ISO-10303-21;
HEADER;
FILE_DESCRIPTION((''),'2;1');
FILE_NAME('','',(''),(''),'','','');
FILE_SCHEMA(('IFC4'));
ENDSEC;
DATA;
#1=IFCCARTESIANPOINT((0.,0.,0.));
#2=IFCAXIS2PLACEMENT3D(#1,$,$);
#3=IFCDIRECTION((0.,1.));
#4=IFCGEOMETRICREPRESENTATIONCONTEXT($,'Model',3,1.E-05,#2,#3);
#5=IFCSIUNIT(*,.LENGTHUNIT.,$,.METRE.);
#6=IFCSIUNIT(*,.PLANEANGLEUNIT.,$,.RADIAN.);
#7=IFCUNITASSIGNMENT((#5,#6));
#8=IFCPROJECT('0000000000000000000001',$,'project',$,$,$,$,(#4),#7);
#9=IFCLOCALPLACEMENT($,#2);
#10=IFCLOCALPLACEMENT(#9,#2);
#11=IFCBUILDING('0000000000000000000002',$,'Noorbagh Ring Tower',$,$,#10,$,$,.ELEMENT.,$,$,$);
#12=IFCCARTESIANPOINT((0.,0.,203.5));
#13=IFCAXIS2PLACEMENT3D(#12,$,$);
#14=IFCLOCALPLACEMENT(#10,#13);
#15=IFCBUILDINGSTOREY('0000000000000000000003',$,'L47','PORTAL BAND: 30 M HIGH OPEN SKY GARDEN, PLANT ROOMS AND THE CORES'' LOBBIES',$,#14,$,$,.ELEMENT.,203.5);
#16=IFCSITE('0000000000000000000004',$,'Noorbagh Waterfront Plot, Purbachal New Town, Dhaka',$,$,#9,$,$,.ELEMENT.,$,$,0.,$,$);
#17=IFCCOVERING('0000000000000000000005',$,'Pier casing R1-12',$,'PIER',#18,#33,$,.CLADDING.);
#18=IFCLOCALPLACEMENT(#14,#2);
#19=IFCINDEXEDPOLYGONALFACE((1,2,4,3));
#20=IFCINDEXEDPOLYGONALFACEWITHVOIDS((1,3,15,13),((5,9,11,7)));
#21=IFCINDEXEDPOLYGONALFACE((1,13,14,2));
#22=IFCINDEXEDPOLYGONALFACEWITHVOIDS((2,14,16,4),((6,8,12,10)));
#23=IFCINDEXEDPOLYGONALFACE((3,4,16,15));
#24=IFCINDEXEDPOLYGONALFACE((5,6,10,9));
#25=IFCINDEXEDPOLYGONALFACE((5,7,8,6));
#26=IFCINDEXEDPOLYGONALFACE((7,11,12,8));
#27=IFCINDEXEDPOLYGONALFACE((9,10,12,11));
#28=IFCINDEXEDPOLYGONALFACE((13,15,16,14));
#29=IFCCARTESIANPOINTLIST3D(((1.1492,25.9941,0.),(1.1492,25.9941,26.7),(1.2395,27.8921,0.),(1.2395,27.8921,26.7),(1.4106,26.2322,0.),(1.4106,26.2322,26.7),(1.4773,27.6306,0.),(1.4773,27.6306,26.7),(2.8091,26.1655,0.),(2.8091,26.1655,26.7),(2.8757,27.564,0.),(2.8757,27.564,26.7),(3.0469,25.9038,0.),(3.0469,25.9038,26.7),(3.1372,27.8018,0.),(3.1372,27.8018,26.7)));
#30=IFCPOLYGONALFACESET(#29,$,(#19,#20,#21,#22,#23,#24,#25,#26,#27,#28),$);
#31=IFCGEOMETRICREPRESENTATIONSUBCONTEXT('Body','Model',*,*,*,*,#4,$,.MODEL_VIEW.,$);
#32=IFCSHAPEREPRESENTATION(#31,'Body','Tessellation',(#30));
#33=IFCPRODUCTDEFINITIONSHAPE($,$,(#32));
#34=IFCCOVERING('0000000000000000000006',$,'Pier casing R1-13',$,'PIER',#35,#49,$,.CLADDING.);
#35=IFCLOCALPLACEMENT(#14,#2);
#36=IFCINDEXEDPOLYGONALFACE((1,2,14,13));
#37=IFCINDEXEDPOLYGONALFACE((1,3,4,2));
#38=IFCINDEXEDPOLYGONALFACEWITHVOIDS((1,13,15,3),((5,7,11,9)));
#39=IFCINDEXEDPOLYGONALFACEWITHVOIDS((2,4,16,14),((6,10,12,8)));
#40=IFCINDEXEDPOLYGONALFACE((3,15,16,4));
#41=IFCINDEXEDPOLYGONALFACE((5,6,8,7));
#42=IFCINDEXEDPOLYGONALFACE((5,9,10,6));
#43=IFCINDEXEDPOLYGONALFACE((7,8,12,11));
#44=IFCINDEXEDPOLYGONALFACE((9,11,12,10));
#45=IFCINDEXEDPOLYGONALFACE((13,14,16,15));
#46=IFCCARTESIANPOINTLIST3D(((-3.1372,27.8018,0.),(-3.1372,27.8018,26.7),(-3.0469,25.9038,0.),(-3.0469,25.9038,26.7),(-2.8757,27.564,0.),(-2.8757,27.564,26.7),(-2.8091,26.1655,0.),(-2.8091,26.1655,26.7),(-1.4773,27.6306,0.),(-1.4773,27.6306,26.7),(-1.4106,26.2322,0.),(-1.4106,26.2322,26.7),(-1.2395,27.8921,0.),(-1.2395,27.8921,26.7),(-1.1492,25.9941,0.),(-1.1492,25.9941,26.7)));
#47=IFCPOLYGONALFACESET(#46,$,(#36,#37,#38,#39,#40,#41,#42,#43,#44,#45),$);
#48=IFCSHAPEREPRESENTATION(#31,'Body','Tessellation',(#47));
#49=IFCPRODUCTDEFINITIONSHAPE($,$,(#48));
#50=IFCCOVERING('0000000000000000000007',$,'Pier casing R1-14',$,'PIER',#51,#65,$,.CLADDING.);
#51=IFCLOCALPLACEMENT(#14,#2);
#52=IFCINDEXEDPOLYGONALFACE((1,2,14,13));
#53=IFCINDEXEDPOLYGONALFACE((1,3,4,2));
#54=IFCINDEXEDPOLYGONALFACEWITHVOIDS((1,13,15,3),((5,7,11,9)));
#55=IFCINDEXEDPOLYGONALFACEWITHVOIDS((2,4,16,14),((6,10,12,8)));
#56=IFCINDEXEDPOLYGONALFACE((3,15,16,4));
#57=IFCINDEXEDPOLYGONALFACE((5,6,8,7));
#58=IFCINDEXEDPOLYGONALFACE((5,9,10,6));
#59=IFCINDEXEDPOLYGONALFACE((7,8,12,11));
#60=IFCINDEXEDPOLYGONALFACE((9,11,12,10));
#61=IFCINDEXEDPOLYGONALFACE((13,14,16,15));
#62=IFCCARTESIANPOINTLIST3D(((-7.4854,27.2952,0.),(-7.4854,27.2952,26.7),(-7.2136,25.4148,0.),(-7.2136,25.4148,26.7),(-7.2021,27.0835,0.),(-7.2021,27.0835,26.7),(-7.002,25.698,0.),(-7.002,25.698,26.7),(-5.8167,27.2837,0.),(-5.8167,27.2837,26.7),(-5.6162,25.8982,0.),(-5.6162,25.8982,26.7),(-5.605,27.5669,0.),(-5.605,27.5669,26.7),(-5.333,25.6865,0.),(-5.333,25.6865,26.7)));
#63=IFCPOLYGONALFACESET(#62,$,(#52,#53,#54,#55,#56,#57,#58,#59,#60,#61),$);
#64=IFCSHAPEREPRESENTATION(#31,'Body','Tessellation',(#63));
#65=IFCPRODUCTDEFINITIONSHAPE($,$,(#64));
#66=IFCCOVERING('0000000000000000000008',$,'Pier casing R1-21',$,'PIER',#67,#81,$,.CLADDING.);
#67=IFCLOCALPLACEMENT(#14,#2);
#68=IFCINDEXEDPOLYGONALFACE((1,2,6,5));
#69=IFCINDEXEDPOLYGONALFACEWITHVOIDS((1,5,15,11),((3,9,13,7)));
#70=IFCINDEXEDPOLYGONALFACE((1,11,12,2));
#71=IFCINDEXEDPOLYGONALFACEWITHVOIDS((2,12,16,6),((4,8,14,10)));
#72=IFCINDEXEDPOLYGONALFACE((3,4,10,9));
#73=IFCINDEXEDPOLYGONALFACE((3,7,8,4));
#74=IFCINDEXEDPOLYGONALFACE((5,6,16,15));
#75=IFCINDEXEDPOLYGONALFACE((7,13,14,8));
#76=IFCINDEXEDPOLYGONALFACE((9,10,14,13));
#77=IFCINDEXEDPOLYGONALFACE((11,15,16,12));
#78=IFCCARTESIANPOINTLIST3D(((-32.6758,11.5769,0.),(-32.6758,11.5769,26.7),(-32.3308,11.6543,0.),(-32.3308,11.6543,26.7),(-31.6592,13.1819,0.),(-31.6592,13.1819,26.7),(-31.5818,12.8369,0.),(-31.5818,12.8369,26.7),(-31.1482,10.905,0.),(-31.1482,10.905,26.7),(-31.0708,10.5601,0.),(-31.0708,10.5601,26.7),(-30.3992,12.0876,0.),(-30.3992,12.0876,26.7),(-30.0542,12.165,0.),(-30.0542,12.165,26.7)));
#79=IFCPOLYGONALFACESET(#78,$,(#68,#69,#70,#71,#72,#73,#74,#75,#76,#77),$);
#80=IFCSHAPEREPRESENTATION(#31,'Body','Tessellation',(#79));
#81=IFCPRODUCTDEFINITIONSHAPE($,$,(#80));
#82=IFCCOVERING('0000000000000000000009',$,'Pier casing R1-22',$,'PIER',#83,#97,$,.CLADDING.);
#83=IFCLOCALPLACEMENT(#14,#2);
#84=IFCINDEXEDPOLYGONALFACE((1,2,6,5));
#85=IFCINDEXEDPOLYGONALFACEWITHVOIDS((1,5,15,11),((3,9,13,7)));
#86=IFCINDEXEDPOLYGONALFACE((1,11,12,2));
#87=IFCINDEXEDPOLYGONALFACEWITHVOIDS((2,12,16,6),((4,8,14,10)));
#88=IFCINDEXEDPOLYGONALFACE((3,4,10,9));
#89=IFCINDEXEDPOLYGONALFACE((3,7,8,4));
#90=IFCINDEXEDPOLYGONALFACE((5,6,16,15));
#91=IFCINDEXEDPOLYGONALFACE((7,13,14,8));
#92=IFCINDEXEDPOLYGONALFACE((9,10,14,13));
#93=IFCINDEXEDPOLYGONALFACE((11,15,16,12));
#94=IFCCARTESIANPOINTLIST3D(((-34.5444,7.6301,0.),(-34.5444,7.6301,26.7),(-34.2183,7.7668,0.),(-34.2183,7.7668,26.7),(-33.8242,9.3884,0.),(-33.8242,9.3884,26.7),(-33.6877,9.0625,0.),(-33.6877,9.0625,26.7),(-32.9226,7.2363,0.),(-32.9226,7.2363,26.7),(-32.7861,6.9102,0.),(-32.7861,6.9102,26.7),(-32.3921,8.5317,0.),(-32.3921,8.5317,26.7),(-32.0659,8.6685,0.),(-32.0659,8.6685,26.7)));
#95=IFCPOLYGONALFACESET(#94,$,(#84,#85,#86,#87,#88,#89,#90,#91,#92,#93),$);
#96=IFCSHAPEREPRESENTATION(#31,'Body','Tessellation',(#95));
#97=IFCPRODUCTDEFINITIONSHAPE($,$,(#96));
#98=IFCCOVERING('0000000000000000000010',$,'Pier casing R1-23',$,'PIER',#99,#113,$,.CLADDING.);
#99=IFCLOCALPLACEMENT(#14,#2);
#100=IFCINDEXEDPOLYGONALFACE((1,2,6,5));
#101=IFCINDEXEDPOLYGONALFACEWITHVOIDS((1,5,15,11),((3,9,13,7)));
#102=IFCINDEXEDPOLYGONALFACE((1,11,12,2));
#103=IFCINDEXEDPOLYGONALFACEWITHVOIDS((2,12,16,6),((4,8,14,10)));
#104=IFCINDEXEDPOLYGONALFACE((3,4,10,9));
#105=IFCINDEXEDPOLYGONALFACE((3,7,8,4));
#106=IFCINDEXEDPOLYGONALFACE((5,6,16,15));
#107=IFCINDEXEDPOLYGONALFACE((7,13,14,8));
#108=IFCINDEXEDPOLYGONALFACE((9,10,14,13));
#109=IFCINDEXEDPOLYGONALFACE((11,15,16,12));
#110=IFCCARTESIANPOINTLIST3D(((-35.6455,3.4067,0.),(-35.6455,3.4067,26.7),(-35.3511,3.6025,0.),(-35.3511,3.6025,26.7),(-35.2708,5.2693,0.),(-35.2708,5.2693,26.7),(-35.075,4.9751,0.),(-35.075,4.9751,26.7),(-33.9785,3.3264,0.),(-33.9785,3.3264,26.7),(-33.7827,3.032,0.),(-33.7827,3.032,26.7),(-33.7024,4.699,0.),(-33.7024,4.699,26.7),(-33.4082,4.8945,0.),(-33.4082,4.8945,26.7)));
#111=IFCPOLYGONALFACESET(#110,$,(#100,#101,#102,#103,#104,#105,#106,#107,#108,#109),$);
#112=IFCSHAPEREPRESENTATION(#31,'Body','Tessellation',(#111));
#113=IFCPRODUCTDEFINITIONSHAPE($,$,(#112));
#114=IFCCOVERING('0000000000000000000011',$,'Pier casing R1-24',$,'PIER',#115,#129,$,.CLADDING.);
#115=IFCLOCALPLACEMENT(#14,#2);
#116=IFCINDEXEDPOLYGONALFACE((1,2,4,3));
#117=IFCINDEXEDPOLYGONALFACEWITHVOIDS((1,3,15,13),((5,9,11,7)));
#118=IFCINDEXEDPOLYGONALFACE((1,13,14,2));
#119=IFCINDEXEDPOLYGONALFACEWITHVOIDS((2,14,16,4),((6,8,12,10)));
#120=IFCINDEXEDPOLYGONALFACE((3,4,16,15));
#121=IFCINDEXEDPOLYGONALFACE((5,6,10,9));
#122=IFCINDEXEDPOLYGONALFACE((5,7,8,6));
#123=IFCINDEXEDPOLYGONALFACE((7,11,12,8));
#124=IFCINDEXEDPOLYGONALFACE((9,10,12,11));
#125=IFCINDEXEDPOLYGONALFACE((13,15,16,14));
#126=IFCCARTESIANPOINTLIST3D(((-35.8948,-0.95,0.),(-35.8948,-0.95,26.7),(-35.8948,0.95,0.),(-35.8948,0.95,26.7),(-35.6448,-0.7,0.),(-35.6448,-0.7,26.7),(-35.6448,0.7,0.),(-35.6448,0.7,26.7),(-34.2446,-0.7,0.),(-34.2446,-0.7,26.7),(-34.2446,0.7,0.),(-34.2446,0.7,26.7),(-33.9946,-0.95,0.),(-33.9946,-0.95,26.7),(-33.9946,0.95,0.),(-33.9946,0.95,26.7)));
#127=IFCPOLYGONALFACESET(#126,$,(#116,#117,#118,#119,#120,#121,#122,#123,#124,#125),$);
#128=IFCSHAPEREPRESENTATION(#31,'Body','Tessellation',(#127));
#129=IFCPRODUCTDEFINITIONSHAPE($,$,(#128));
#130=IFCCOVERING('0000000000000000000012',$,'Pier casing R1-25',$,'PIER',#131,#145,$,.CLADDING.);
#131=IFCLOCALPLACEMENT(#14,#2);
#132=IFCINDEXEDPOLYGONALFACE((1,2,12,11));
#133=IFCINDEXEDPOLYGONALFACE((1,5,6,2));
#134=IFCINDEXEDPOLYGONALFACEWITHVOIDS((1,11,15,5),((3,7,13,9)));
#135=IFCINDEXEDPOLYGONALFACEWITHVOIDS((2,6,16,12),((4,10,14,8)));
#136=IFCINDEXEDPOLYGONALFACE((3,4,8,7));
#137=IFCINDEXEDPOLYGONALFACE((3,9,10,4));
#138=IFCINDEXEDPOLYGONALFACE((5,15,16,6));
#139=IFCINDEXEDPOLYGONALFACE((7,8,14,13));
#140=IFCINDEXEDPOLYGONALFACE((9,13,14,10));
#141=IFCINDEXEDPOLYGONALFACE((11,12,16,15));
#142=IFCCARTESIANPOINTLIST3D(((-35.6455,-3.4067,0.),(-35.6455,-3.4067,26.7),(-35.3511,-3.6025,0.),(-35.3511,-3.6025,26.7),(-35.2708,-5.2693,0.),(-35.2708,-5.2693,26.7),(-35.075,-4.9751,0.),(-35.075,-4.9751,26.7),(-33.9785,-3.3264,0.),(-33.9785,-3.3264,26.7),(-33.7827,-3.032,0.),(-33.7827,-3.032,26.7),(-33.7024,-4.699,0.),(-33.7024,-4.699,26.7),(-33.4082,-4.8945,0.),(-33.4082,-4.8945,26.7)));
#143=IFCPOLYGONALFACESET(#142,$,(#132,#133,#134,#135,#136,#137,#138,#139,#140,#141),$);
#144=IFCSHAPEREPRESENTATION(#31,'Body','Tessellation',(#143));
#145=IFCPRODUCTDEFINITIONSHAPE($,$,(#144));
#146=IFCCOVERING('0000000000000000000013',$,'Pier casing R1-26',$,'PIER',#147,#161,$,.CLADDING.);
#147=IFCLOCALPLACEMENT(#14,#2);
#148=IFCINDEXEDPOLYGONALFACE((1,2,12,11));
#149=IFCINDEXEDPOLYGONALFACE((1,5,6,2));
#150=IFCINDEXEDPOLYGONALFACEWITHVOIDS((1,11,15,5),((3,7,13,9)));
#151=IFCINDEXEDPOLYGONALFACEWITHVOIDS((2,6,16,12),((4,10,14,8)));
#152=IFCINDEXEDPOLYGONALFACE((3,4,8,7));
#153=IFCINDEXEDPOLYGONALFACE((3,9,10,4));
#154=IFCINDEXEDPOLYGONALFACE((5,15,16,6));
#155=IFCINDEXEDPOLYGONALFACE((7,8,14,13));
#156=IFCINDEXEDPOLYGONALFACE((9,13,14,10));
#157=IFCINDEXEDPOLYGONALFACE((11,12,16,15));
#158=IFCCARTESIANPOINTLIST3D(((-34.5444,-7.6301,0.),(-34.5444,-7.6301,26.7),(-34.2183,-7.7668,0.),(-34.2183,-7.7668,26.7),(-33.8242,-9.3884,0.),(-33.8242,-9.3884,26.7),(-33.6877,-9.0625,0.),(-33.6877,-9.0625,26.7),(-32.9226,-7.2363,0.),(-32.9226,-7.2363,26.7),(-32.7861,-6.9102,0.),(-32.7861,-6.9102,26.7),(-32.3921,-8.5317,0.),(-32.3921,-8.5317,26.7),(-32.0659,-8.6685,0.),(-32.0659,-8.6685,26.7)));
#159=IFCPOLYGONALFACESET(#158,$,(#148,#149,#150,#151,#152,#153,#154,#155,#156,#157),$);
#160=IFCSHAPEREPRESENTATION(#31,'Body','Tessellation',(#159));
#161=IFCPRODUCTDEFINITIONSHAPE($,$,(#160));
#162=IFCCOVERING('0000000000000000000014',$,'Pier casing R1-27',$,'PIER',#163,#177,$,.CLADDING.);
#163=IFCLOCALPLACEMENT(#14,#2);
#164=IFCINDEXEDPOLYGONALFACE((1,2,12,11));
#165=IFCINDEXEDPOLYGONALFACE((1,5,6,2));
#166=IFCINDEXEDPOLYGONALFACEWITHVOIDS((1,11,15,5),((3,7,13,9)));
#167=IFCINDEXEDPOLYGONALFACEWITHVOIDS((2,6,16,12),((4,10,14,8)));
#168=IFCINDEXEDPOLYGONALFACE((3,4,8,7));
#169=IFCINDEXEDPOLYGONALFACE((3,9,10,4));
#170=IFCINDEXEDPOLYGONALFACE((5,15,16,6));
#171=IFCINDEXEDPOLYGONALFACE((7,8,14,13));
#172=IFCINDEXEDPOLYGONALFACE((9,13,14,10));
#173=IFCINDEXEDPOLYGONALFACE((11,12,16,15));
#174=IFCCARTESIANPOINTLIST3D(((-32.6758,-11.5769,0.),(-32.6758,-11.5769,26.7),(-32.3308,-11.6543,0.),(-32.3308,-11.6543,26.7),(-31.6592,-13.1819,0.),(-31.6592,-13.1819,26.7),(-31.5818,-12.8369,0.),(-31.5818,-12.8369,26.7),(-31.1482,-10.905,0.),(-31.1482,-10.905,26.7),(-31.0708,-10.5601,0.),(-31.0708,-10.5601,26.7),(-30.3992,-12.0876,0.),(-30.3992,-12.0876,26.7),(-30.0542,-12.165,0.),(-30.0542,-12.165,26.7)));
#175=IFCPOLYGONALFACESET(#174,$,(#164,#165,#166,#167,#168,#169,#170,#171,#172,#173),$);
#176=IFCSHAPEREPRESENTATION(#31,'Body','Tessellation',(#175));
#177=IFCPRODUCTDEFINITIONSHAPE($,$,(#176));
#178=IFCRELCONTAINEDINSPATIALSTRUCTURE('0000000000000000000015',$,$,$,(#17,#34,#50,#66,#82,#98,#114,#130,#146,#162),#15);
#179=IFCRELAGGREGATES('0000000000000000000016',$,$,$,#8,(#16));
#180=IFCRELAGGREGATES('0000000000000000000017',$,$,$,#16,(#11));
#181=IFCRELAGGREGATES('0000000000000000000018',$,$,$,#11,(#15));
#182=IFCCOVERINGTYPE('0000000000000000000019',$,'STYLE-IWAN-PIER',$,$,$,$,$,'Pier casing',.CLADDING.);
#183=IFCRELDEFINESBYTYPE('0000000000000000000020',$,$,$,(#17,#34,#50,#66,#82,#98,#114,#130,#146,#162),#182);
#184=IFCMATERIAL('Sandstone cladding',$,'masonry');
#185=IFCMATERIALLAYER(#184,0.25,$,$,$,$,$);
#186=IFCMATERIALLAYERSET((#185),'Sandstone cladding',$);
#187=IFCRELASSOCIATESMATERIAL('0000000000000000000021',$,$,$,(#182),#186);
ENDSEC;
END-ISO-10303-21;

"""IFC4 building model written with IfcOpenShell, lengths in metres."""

from ifc_helpers import new_model, si_unit, direction, frame, origin, place, context, subcontext, project, spatial, polyline, outline, extrude, material, layer, layer_set, type_object, element, save


model = new_model("IFC4")

# Units and contexts
model_context = context("Model", 3, precision=1e-05, world=origin(), true_north=direction((0.0, 1.0)))
body_context = subcontext(model_context, "Body", "Model", "MODEL_VIEW")
ifc_project = project(units=[si_unit("LENGTHUNIT", "METRE"), si_unit("PLANEANGLEUNIT", "RADIAN")], contexts=[model_context])

# Site, building, storey
site_placement = place(None, origin())
site = spatial("IfcSite", under=ifc_project, at=site_placement, Name="Noorbagh Waterfront Plot, Purbachal New Town, Dhaka", CompositionType="ELEMENT", RefElevation=0.0)
building_placement = place(site_placement, origin())
building = spatial("IfcBuilding", under=site, at=building_placement, Name="Noorbagh Ring Tower", CompositionType="ELEMENT")
storey_placement = place(building_placement, frame((0.0, 0.0, 203.5)))
storey = spatial("IfcBuildingStorey", under=building, at=storey_placement, Name="L47", Description="PORTAL BAND: 30 M HIGH OPEN SKY GARDEN, PLANT ROOMS AND THE CORES' LOBBIES", CompositionType="ELEMENT", Elevation=203.5)

# Coverings
ifc_material = material(Name="Sandstone cladding", Category="masonry")
ifc_layer = layer(ifc_material, 0.25)
ifc_layer_set = layer_set([ifc_layer], Name="Sandstone cladding")
covering_type = type_object("IfcCoveringType", Name="STYLE-IWAN-PIER", ElementType="Pier casing", PredefinedType="CLADDING", material=ifc_layer_set)
covering_1_placement = place(storey_placement, origin())
element("IfcCovering", 1, at=covering_1_placement, inside=storey, type_object=covering_type, Name="Pier casing R1-12", ObjectType="PIER", PredefinedType="CLADDING", context=body_context, shape_type="SweptSolid", body=[
    extrude(outline(polyline([(3.1372, 27.8018), (3.0469, 25.9038), (1.1492, 25.9941), (1.2395, 27.8921), (3.1372, 27.8018)]), holes=[polyline([(2.8757, 27.564), (1.4773, 27.6306), (1.4106, 26.2322), (2.8091, 26.1655), (2.8757, 27.564)])]), origin(), (0.0, 0.0, 1.0), 26.7),
])
covering_2_placement = place(storey_placement, origin())
element("IfcCovering", 2, at=covering_2_placement, inside=storey, type_object=covering_type, Name="Pier casing R1-13", ObjectType="PIER", PredefinedType="CLADDING", context=body_context, shape_type="SweptSolid", body=[
    extrude(outline(polyline([(-1.2395, 27.8921), (-1.1492, 25.9941), (-3.0469, 25.9038), (-3.1372, 27.8018), (-1.2395, 27.8921)]), holes=[polyline([(-1.4773, 27.6306), (-2.8757, 27.564), (-2.8091, 26.1655), (-1.4106, 26.2322), (-1.4773, 27.6306)])]), origin(), (0.0, 0.0, 1.0), 26.7),
])
covering_3_placement = place(storey_placement, origin())
element("IfcCovering", 3, at=covering_3_placement, inside=storey, type_object=covering_type, Name="Pier casing R1-14", ObjectType="PIER", PredefinedType="CLADDING", context=body_context, shape_type="SweptSolid", body=[
    extrude(outline(polyline([(-5.605, 27.5669), (-5.333, 25.6865), (-7.2136, 25.4148), (-7.4854, 27.2952), (-5.605, 27.5669)]), holes=[polyline([(-5.8167, 27.2837), (-7.2021, 27.0835), (-7.002, 25.698), (-5.6162, 25.8982), (-5.8167, 27.2837)])]), origin(), (0.0, 0.0, 1.0), 26.7),
])
covering_4_placement = place(storey_placement, origin())
element("IfcCovering", 4, at=covering_4_placement, inside=storey, type_object=covering_type, Name="Pier casing R1-21", ObjectType="PIER", PredefinedType="CLADDING", context=body_context, shape_type="SweptSolid", body=[
    extrude(outline(polyline([(-31.6592, 13.1819), (-30.0542, 12.165), (-31.0708, 10.5601), (-32.6758, 11.5769), (-31.6592, 13.1819)]), holes=[polyline([(-31.5818, 12.8369), (-32.3308, 11.6543), (-31.1482, 10.905), (-30.3992, 12.0876), (-31.5818, 12.8369)])]), origin(), (0.0, 0.0, 1.0), 26.7),
])
covering_5_placement = place(storey_placement, origin())
element("IfcCovering", 5, at=covering_5_placement, inside=storey, type_object=covering_type, Name="Pier casing R1-22", ObjectType="PIER", PredefinedType="CLADDING", context=body_context, shape_type="SweptSolid", body=[
    extrude(outline(polyline([(-33.8242, 9.3884), (-32.0659, 8.6685), (-32.7861, 6.9102), (-34.5444, 7.6301), (-33.8242, 9.3884)]), holes=[polyline([(-33.6877, 9.0625), (-34.2183, 7.7668), (-32.9226, 7.2363), (-32.3921, 8.5317), (-33.6877, 9.0625)])]), origin(), (0.0, 0.0, 1.0), 26.7),
])
covering_6_placement = place(storey_placement, origin())
element("IfcCovering", 6, at=covering_6_placement, inside=storey, type_object=covering_type, Name="Pier casing R1-23", ObjectType="PIER", PredefinedType="CLADDING", context=body_context, shape_type="SweptSolid", body=[
    extrude(outline(polyline([(-35.2708, 5.2693), (-33.4082, 4.8945), (-33.7827, 3.032), (-35.6455, 3.4067), (-35.2708, 5.2693)]), holes=[polyline([(-35.075, 4.9751), (-35.3511, 3.6025), (-33.9785, 3.3264), (-33.7024, 4.699), (-35.075, 4.9751)])]), origin(), (0.0, 0.0, 1.0), 26.7),
])
covering_7_placement = place(storey_placement, origin())
element("IfcCovering", 7, at=covering_7_placement, inside=storey, type_object=covering_type, Name="Pier casing R1-24", ObjectType="PIER", PredefinedType="CLADDING", context=body_context, shape_type="SweptSolid", body=[
    extrude(outline(polyline([(-35.8948, 0.95), (-33.9946, 0.95), (-33.9946, -0.95), (-35.8948, -0.95), (-35.8948, 0.95)]), holes=[polyline([(-35.6448, 0.7), (-35.6448, -0.7), (-34.2446, -0.7), (-34.2446, 0.7), (-35.6448, 0.7)])]), origin(), (0.0, 0.0, 1.0), 26.7),
])
covering_8_placement = place(storey_placement, origin())
element("IfcCovering", 8, at=covering_8_placement, inside=storey, type_object=covering_type, Name="Pier casing R1-25", ObjectType="PIER", PredefinedType="CLADDING", context=body_context, shape_type="SweptSolid", body=[
    extrude(outline(polyline([(-35.6455, -3.4067), (-33.7827, -3.032), (-33.4082, -4.8945), (-35.2708, -5.2693), (-35.6455, -3.4067)]), holes=[polyline([(-35.3511, -3.6025), (-35.075, -4.9751), (-33.7024, -4.699), (-33.9785, -3.3264), (-35.3511, -3.6025)])]), origin(), (0.0, 0.0, 1.0), 26.7),
])
covering_9_placement = place(storey_placement, origin())
element("IfcCovering", 9, at=covering_9_placement, inside=storey, type_object=covering_type, Name="Pier casing R1-26", ObjectType="PIER", PredefinedType="CLADDING", context=body_context, shape_type="SweptSolid", body=[
    extrude(outline(polyline([(-34.5444, -7.6301), (-32.7861, -6.9102), (-32.0659, -8.6685), (-33.8242, -9.3884), (-34.5444, -7.6301)]), holes=[polyline([(-34.2183, -7.7668), (-33.6877, -9.0625), (-32.3921, -8.5317), (-32.9226, -7.2363), (-34.2183, -7.7668)])]), origin(), (0.0, 0.0, 1.0), 26.7),
])
covering_10_placement = place(storey_placement, origin())
element("IfcCovering", 10, at=covering_10_placement, inside=storey, type_object=covering_type, Name="Pier casing R1-27", ObjectType="PIER", PredefinedType="CLADDING", context=body_context, shape_type="SweptSolid", body=[
    extrude(outline(polyline([(-32.6758, -11.5769), (-31.0708, -10.5601), (-30.0542, -12.165), (-31.6592, -13.1819), (-32.6758, -11.5769)]), holes=[polyline([(-32.3308, -11.6543), (-31.5818, -12.8369), (-30.3992, -12.0876), (-31.1482, -10.905), (-32.3308, -11.6543)])]), origin(), (0.0, 0.0, 1.0), 26.7),
])

save(model, "model.ifc")
